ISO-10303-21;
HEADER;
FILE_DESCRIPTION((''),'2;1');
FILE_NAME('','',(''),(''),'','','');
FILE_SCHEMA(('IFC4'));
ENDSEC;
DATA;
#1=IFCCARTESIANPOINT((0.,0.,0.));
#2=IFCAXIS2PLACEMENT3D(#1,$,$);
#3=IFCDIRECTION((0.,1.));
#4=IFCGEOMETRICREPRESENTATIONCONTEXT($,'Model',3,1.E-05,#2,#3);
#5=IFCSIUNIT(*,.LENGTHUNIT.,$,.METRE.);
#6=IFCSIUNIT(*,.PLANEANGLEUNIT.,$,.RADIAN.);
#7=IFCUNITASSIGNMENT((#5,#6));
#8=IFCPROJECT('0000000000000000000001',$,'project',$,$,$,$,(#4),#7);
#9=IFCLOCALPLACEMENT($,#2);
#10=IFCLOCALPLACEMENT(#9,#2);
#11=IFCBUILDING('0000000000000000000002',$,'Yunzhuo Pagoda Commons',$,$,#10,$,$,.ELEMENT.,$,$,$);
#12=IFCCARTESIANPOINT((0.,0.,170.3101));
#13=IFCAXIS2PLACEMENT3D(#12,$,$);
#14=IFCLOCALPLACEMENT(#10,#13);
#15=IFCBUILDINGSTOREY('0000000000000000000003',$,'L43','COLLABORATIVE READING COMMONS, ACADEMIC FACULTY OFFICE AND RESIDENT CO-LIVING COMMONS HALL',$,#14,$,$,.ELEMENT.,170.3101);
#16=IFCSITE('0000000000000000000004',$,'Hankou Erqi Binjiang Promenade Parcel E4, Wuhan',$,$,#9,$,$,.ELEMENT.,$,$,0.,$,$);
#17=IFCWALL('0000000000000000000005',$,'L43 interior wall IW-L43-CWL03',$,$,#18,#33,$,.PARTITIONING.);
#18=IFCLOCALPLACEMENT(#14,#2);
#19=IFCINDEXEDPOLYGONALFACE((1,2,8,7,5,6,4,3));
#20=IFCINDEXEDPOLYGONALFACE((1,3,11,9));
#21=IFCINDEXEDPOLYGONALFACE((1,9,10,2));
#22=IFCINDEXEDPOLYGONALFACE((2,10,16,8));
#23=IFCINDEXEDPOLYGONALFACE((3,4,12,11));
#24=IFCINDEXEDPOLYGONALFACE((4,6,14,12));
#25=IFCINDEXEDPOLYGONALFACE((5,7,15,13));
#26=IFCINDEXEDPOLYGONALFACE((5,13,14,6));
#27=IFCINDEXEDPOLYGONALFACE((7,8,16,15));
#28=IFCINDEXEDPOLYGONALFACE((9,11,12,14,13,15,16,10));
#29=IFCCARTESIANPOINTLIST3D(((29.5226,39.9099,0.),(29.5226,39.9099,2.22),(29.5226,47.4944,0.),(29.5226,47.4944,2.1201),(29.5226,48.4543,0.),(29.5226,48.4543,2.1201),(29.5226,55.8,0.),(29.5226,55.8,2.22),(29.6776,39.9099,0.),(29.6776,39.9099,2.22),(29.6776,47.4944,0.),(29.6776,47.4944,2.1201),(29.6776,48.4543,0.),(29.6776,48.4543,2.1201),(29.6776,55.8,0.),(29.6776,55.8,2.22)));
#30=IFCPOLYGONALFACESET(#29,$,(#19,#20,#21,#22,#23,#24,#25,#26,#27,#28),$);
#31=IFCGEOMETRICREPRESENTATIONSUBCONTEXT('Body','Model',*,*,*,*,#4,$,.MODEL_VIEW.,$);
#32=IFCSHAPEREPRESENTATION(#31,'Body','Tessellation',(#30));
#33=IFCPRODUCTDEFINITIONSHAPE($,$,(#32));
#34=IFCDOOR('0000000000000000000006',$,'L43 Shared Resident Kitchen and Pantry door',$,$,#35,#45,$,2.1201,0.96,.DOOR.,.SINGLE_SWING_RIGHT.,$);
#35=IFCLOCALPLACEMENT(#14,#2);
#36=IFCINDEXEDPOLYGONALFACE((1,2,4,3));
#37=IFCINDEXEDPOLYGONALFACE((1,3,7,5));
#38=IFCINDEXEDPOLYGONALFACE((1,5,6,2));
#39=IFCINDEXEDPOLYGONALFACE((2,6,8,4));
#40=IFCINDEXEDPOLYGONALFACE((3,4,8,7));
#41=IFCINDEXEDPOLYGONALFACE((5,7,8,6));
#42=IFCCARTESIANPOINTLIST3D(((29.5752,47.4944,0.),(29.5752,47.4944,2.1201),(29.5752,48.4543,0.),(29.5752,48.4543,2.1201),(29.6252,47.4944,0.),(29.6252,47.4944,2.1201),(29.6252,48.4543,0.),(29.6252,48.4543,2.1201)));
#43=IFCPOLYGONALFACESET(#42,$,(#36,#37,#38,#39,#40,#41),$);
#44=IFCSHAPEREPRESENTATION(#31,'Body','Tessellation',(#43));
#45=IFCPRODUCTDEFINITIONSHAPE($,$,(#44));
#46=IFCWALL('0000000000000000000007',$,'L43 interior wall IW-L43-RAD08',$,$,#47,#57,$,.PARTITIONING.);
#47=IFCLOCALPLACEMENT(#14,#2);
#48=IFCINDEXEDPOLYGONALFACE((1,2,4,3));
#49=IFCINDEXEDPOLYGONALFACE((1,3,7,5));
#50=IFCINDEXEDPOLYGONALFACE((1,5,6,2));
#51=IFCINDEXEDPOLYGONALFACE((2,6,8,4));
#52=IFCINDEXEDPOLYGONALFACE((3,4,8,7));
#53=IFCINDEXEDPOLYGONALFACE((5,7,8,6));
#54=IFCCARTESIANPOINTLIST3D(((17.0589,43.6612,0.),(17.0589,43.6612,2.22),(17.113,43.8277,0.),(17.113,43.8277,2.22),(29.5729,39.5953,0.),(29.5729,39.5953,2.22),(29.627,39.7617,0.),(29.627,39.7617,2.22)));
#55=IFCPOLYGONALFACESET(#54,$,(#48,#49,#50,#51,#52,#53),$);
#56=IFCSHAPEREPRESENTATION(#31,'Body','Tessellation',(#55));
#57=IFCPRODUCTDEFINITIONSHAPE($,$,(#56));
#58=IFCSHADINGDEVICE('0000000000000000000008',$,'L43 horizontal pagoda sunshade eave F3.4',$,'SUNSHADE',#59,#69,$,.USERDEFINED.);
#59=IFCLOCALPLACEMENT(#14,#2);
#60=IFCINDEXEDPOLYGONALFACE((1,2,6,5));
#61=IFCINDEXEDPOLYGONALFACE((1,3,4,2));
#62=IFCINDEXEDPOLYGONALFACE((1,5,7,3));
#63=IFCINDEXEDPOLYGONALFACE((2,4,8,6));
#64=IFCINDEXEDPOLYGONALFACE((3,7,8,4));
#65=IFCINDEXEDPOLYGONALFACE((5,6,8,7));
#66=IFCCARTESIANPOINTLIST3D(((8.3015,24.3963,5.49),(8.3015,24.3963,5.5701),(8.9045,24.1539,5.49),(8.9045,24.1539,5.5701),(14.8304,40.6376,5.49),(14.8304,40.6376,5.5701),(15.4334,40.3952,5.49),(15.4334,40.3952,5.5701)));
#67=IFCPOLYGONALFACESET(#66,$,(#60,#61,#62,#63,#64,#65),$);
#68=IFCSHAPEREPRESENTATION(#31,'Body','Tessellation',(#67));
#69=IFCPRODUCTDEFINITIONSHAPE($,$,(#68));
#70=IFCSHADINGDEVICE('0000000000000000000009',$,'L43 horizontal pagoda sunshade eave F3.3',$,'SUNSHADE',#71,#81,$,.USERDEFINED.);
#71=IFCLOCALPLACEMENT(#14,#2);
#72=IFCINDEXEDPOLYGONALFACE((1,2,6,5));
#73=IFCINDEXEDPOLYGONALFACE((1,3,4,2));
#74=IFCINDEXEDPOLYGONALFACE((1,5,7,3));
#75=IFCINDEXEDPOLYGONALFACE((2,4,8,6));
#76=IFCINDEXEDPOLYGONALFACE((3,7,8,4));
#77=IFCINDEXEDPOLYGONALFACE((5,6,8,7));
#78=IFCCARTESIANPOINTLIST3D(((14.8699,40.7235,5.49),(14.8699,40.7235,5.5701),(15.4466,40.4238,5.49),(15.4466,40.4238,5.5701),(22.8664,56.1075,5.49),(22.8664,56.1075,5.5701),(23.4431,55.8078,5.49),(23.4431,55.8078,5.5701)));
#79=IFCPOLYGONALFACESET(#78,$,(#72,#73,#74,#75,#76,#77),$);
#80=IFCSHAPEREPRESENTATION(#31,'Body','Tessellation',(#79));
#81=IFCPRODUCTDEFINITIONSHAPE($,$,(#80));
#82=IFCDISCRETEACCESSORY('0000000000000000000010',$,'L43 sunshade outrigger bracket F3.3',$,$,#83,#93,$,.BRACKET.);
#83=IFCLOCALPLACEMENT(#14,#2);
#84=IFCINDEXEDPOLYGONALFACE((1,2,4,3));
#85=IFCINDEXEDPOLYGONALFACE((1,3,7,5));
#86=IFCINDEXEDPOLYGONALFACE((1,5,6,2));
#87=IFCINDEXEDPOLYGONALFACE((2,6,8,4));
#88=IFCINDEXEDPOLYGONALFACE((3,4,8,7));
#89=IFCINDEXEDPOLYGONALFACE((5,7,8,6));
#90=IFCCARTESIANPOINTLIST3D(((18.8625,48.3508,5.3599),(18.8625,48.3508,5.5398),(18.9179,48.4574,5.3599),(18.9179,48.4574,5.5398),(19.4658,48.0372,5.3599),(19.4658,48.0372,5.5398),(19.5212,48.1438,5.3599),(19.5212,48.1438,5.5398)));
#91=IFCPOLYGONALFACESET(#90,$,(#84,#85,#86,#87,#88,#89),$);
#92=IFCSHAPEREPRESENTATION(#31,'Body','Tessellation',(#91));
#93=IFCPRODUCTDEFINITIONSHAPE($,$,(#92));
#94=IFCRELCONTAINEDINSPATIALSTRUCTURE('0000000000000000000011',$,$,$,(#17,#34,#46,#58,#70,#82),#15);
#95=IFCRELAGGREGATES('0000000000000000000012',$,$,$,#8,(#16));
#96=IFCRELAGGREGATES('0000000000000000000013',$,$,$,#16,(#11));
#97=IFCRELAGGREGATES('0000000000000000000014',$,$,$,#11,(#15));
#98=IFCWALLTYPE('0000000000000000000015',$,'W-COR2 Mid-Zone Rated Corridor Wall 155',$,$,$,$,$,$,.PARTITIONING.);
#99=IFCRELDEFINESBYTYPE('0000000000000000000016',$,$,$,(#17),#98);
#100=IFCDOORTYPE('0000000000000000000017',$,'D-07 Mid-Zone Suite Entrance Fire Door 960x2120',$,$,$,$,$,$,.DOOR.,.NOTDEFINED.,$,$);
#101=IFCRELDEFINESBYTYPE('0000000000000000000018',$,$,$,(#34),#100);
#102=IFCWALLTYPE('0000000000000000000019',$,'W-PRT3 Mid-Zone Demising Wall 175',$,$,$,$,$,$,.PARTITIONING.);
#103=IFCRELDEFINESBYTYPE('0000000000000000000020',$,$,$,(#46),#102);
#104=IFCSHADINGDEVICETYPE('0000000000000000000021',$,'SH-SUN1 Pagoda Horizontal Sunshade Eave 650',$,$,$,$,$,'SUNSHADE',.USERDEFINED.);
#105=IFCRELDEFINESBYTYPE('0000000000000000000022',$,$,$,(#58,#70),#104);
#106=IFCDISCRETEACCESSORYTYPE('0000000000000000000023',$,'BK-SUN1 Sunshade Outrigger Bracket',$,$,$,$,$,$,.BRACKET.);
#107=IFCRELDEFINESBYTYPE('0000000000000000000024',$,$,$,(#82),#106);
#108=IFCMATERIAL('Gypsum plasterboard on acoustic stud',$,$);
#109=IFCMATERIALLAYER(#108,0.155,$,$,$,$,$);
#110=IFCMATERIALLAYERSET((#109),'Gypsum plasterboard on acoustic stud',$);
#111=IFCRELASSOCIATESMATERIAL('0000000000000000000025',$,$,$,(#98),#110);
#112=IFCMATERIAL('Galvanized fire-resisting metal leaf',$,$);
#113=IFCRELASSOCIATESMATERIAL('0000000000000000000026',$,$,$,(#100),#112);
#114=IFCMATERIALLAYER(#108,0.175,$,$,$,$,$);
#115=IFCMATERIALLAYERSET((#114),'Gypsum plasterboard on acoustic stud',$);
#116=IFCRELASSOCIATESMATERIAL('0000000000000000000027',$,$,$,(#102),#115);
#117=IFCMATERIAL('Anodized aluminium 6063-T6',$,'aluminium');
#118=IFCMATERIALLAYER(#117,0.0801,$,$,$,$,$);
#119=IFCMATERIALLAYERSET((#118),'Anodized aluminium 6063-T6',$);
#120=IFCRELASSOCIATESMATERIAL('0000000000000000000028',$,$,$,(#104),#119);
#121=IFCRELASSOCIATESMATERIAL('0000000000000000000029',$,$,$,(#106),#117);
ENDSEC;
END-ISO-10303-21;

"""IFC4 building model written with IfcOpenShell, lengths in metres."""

from ifc_helpers import new_model, si_unit, direction, frame, frame_2d, origin, origin_with_axes, origin_2d, place, context, subcontext, project, spatial, rectangle, extrude, source, transform, mapped, material, layer, layer_set, type_object, element, fill, save


model = new_model("IFC4")

# Units and contexts
model_context = context("Model", 3, precision=1e-05, world=origin(), true_north=direction((0.0, 1.0)))
body_context = subcontext(model_context, "Body", "Model", "MODEL_VIEW")
ifc_project = project(units=[si_unit("LENGTHUNIT", "METRE"), si_unit("PLANEANGLEUNIT", "RADIAN")], contexts=[model_context])

# Site, building, storey
site_placement = place(None, origin())
site = spatial("IfcSite", under=ifc_project, at=site_placement, Name="Hankou Erqi Binjiang Promenade Parcel E4, Wuhan", CompositionType="ELEMENT", RefElevation=0.0)
building_placement = place(site_placement, origin())
building = spatial("IfcBuilding", under=site, at=building_placement, Name="Yunzhuo Pagoda Commons", CompositionType="ELEMENT")
storey_placement = place(building_placement, frame((0.0, 0.0, 170.3101)))
storey = spatial("IfcBuildingStorey", under=building, at=storey_placement, Name="L43", Description="COLLABORATIVE READING COMMONS, ACADEMIC FACULTY OFFICE AND RESIDENT CO-LIVING COMMONS HALL", CompositionType="ELEMENT", Elevation=170.3101)

# Shared definitions
ifc_material_1 = material(Name="Anodized aluminium 6063-T6", Category="aluminium")

# Wall, opening, door
ifc_material_2 = material(Name="Gypsum plasterboard on acoustic stud")
ifc_layer_1 = layer(ifc_material_2, 0.155)
ifc_layer_set_1 = layer_set([ifc_layer_1], Name="Gypsum plasterboard on acoustic stud")
wall_type_1 = type_object("IfcWallType", Name="W-COR2 Mid-Zone Rated Corridor Wall 155", PredefinedType="PARTITIONING", material=ifc_layer_set_1)
wall_1_placement = place(storey_placement, frame((29.6001, 39.9099, 0.0), z_axis=(0.0, 0.0, 1.0), x_axis=(0.0, 1.0, 0.0)))
wall_1 = element("IfcWall", 1, at=wall_1_placement, inside=storey, type_object=wall_type_1, Name="L43 interior wall IW-L43-CWL03", PredefinedType="PARTITIONING", context=body_context, shape_type="SweptSolid", body=[
    extrude(rectangle(XDim=15.8901, YDim=0.155, at=frame_2d((7.9451, 0.0))), origin(), (0.0, 0.0, 1.0), 2.22),
])
opening_placement = place(wall_1_placement, frame((7.5845, 0.0, 0.0)))
opening = element("IfcOpeningElement", 2, at=opening_placement, cuts=wall_1, PredefinedType="OPENING", context=body_context, shape_type="SweptSolid", body=[
    extrude(rectangle(XDim=0.96, YDim=2.1201, at=frame_2d((0.48, 1.0601))), frame((0.0, 0.0874, 0.0), z_axis=(0.0, -1.0, 0.0), x_axis=(1.0, 0.0, 0.0)), (0.0, 0.0, 1.0), 0.175),
])
ifc_material_3 = material(Name="Galvanized fire-resisting metal leaf")
door_type = type_object("IfcDoorType", Name="D-07 Mid-Zone Suite Entrance Fire Door 960x2120", OperationType="NOTDEFINED", PredefinedType="DOOR", material=ifc_material_3)
shared_shape_1 = source(origin(), body_context, "Body", "SweptSolid", [
    extrude(rectangle(XDim=0.96, YDim=2.1201, at=frame_2d((0.48, 1.0601))), frame((0.0, 0.0249, 0.0), z_axis=(0.0, -1.0, 0.0), x_axis=(1.0, 0.0, 0.0)), (0.0, 0.0, 1.0), 0.05),
])
door_placement = place(opening_placement, origin_with_axes())
door = element("IfcDoor", 3, at=door_placement, inside=storey, type_object=door_type, Name="L43 Shared Resident Kitchen and Pantry door", OperationType="SINGLE_SWING_RIGHT", OverallHeight=2.1201, OverallWidth=0.96, PredefinedType="DOOR", context=body_context, shape_type="MappedRepresentation", body=[
    mapped(shared_shape_1, transform((0.0, 0.0, 0.0), scale=1.0)),
])
fill(opening, door)

# Wall
ifc_layer_2 = layer(ifc_material_2, 0.175)
ifc_layer_set_2 = layer_set([ifc_layer_2], Name="Gypsum plasterboard on acoustic stud")
wall_type_2 = type_object("IfcWallType", Name="W-PRT3 Mid-Zone Demising Wall 175", PredefinedType="PARTITIONING", material=ifc_layer_set_2)
wall_2_placement = place(storey_placement, frame((29.6001, 39.6785, 0.0), z_axis=(0.0, 0.0, 1.0), x_axis=(-0.951059, 0.30901, 0.0)))
element("IfcWall", 4, at=wall_2_placement, inside=storey, type_object=wall_type_2, Name="L43 interior wall IW-L43-RAD08", PredefinedType="PARTITIONING", context=body_context, shape_type="SweptSolid", body=[
    extrude(rectangle(XDim=13.158, YDim=0.175, at=frame_2d((6.5791, 0.0))), origin(), (0.0, 0.0, 1.0), 2.22),
])

# Shading devices
ifc_layer_3 = layer(ifc_material_1, 0.0801)
ifc_layer_set_3 = layer_set([ifc_layer_3], Name="Anodized aluminium 6063-T6")
shading_device_type = type_object("IfcShadingDeviceType", Name="SH-SUN1 Pagoda Horizontal Sunshade Eave 650", ElementType="SUNSHADE", PredefinedType="USERDEFINED", material=ifc_layer_set_3)
shared_shape_2 = source(origin(), body_context, "Body", "SweptSolid", [
    extrude(rectangle(XDim=17.5044, YDim=0.6499, at=origin_2d()), origin(), (0.0, 0.0, 1.0), 0.0801),
])
shading_device_1_placement = place(storey_placement, frame((11.8674, 32.3958, 5.49), z_axis=(0.0, 0.0, 1.0), x_axis=(-0.372988, -0.927836, 0.0)))
element("IfcShadingDevice", 5, at=shading_device_1_placement, inside=storey, type_object=shading_device_type, Name="L43 horizontal pagoda sunshade eave F3.4", ObjectType="SUNSHADE", PredefinedType="USERDEFINED", context=body_context, shape_type="MappedRepresentation", body=[
    mapped(shared_shape_2, transform((0.0, 0.0, 0.0), scale=1.0)),
])
shared_shape_3 = source(origin(), body_context, "Body", "SweptSolid", [
    extrude(rectangle(XDim=17.3381, YDim=0.6499, at=origin_2d()), origin(), (0.0, 0.0, 1.0), 0.0801),
])
shading_device_2_placement = place(storey_placement, frame((19.1565, 48.2656, 5.49), z_axis=(0.0, 0.0, 1.0), x_axis=(-0.461207, -0.887293, 0.0)))
element("IfcShadingDevice", 6, at=shading_device_2_placement, inside=storey, type_object=shading_device_type, Name="L43 horizontal pagoda sunshade eave F3.3", ObjectType="SUNSHADE", PredefinedType="USERDEFINED", context=body_context, shape_type="MappedRepresentation", body=[
    mapped(shared_shape_3, transform((0.0, 0.0, 0.0), scale=1.0)),
])

# Discrete accessory
discrete_accessory_type = type_object("IfcDiscreteAccessoryType", Name="BK-SUN1 Sunshade Outrigger Bracket", PredefinedType="BRACKET", material=ifc_material_1)
shared_shape_4 = source(origin(), body_context, "Body", "SweptSolid", [
    extrude(rectangle(XDim=0.1201, YDim=0.6799, at=origin_2d()), origin(), (0.0, 0.0, 1.0), 0.1799),
])
discrete_accessory_placement = place(storey_placement, frame((19.1919, 48.2473, 5.3599), z_axis=(0.0, 0.0, 1.0), x_axis=(-0.461207, -0.887293, 0.0)))
element("IfcDiscreteAccessory", 7, at=discrete_accessory_placement, inside=storey, type_object=discrete_accessory_type, Name="L43 sunshade outrigger bracket F3.3", PredefinedType="BRACKET", context=body_context, shape_type="MappedRepresentation", body=[
    mapped(shared_shape_4, transform((0.0, 0.0, 0.0), scale=1.0)),
])

save(model, "model.ifc")
